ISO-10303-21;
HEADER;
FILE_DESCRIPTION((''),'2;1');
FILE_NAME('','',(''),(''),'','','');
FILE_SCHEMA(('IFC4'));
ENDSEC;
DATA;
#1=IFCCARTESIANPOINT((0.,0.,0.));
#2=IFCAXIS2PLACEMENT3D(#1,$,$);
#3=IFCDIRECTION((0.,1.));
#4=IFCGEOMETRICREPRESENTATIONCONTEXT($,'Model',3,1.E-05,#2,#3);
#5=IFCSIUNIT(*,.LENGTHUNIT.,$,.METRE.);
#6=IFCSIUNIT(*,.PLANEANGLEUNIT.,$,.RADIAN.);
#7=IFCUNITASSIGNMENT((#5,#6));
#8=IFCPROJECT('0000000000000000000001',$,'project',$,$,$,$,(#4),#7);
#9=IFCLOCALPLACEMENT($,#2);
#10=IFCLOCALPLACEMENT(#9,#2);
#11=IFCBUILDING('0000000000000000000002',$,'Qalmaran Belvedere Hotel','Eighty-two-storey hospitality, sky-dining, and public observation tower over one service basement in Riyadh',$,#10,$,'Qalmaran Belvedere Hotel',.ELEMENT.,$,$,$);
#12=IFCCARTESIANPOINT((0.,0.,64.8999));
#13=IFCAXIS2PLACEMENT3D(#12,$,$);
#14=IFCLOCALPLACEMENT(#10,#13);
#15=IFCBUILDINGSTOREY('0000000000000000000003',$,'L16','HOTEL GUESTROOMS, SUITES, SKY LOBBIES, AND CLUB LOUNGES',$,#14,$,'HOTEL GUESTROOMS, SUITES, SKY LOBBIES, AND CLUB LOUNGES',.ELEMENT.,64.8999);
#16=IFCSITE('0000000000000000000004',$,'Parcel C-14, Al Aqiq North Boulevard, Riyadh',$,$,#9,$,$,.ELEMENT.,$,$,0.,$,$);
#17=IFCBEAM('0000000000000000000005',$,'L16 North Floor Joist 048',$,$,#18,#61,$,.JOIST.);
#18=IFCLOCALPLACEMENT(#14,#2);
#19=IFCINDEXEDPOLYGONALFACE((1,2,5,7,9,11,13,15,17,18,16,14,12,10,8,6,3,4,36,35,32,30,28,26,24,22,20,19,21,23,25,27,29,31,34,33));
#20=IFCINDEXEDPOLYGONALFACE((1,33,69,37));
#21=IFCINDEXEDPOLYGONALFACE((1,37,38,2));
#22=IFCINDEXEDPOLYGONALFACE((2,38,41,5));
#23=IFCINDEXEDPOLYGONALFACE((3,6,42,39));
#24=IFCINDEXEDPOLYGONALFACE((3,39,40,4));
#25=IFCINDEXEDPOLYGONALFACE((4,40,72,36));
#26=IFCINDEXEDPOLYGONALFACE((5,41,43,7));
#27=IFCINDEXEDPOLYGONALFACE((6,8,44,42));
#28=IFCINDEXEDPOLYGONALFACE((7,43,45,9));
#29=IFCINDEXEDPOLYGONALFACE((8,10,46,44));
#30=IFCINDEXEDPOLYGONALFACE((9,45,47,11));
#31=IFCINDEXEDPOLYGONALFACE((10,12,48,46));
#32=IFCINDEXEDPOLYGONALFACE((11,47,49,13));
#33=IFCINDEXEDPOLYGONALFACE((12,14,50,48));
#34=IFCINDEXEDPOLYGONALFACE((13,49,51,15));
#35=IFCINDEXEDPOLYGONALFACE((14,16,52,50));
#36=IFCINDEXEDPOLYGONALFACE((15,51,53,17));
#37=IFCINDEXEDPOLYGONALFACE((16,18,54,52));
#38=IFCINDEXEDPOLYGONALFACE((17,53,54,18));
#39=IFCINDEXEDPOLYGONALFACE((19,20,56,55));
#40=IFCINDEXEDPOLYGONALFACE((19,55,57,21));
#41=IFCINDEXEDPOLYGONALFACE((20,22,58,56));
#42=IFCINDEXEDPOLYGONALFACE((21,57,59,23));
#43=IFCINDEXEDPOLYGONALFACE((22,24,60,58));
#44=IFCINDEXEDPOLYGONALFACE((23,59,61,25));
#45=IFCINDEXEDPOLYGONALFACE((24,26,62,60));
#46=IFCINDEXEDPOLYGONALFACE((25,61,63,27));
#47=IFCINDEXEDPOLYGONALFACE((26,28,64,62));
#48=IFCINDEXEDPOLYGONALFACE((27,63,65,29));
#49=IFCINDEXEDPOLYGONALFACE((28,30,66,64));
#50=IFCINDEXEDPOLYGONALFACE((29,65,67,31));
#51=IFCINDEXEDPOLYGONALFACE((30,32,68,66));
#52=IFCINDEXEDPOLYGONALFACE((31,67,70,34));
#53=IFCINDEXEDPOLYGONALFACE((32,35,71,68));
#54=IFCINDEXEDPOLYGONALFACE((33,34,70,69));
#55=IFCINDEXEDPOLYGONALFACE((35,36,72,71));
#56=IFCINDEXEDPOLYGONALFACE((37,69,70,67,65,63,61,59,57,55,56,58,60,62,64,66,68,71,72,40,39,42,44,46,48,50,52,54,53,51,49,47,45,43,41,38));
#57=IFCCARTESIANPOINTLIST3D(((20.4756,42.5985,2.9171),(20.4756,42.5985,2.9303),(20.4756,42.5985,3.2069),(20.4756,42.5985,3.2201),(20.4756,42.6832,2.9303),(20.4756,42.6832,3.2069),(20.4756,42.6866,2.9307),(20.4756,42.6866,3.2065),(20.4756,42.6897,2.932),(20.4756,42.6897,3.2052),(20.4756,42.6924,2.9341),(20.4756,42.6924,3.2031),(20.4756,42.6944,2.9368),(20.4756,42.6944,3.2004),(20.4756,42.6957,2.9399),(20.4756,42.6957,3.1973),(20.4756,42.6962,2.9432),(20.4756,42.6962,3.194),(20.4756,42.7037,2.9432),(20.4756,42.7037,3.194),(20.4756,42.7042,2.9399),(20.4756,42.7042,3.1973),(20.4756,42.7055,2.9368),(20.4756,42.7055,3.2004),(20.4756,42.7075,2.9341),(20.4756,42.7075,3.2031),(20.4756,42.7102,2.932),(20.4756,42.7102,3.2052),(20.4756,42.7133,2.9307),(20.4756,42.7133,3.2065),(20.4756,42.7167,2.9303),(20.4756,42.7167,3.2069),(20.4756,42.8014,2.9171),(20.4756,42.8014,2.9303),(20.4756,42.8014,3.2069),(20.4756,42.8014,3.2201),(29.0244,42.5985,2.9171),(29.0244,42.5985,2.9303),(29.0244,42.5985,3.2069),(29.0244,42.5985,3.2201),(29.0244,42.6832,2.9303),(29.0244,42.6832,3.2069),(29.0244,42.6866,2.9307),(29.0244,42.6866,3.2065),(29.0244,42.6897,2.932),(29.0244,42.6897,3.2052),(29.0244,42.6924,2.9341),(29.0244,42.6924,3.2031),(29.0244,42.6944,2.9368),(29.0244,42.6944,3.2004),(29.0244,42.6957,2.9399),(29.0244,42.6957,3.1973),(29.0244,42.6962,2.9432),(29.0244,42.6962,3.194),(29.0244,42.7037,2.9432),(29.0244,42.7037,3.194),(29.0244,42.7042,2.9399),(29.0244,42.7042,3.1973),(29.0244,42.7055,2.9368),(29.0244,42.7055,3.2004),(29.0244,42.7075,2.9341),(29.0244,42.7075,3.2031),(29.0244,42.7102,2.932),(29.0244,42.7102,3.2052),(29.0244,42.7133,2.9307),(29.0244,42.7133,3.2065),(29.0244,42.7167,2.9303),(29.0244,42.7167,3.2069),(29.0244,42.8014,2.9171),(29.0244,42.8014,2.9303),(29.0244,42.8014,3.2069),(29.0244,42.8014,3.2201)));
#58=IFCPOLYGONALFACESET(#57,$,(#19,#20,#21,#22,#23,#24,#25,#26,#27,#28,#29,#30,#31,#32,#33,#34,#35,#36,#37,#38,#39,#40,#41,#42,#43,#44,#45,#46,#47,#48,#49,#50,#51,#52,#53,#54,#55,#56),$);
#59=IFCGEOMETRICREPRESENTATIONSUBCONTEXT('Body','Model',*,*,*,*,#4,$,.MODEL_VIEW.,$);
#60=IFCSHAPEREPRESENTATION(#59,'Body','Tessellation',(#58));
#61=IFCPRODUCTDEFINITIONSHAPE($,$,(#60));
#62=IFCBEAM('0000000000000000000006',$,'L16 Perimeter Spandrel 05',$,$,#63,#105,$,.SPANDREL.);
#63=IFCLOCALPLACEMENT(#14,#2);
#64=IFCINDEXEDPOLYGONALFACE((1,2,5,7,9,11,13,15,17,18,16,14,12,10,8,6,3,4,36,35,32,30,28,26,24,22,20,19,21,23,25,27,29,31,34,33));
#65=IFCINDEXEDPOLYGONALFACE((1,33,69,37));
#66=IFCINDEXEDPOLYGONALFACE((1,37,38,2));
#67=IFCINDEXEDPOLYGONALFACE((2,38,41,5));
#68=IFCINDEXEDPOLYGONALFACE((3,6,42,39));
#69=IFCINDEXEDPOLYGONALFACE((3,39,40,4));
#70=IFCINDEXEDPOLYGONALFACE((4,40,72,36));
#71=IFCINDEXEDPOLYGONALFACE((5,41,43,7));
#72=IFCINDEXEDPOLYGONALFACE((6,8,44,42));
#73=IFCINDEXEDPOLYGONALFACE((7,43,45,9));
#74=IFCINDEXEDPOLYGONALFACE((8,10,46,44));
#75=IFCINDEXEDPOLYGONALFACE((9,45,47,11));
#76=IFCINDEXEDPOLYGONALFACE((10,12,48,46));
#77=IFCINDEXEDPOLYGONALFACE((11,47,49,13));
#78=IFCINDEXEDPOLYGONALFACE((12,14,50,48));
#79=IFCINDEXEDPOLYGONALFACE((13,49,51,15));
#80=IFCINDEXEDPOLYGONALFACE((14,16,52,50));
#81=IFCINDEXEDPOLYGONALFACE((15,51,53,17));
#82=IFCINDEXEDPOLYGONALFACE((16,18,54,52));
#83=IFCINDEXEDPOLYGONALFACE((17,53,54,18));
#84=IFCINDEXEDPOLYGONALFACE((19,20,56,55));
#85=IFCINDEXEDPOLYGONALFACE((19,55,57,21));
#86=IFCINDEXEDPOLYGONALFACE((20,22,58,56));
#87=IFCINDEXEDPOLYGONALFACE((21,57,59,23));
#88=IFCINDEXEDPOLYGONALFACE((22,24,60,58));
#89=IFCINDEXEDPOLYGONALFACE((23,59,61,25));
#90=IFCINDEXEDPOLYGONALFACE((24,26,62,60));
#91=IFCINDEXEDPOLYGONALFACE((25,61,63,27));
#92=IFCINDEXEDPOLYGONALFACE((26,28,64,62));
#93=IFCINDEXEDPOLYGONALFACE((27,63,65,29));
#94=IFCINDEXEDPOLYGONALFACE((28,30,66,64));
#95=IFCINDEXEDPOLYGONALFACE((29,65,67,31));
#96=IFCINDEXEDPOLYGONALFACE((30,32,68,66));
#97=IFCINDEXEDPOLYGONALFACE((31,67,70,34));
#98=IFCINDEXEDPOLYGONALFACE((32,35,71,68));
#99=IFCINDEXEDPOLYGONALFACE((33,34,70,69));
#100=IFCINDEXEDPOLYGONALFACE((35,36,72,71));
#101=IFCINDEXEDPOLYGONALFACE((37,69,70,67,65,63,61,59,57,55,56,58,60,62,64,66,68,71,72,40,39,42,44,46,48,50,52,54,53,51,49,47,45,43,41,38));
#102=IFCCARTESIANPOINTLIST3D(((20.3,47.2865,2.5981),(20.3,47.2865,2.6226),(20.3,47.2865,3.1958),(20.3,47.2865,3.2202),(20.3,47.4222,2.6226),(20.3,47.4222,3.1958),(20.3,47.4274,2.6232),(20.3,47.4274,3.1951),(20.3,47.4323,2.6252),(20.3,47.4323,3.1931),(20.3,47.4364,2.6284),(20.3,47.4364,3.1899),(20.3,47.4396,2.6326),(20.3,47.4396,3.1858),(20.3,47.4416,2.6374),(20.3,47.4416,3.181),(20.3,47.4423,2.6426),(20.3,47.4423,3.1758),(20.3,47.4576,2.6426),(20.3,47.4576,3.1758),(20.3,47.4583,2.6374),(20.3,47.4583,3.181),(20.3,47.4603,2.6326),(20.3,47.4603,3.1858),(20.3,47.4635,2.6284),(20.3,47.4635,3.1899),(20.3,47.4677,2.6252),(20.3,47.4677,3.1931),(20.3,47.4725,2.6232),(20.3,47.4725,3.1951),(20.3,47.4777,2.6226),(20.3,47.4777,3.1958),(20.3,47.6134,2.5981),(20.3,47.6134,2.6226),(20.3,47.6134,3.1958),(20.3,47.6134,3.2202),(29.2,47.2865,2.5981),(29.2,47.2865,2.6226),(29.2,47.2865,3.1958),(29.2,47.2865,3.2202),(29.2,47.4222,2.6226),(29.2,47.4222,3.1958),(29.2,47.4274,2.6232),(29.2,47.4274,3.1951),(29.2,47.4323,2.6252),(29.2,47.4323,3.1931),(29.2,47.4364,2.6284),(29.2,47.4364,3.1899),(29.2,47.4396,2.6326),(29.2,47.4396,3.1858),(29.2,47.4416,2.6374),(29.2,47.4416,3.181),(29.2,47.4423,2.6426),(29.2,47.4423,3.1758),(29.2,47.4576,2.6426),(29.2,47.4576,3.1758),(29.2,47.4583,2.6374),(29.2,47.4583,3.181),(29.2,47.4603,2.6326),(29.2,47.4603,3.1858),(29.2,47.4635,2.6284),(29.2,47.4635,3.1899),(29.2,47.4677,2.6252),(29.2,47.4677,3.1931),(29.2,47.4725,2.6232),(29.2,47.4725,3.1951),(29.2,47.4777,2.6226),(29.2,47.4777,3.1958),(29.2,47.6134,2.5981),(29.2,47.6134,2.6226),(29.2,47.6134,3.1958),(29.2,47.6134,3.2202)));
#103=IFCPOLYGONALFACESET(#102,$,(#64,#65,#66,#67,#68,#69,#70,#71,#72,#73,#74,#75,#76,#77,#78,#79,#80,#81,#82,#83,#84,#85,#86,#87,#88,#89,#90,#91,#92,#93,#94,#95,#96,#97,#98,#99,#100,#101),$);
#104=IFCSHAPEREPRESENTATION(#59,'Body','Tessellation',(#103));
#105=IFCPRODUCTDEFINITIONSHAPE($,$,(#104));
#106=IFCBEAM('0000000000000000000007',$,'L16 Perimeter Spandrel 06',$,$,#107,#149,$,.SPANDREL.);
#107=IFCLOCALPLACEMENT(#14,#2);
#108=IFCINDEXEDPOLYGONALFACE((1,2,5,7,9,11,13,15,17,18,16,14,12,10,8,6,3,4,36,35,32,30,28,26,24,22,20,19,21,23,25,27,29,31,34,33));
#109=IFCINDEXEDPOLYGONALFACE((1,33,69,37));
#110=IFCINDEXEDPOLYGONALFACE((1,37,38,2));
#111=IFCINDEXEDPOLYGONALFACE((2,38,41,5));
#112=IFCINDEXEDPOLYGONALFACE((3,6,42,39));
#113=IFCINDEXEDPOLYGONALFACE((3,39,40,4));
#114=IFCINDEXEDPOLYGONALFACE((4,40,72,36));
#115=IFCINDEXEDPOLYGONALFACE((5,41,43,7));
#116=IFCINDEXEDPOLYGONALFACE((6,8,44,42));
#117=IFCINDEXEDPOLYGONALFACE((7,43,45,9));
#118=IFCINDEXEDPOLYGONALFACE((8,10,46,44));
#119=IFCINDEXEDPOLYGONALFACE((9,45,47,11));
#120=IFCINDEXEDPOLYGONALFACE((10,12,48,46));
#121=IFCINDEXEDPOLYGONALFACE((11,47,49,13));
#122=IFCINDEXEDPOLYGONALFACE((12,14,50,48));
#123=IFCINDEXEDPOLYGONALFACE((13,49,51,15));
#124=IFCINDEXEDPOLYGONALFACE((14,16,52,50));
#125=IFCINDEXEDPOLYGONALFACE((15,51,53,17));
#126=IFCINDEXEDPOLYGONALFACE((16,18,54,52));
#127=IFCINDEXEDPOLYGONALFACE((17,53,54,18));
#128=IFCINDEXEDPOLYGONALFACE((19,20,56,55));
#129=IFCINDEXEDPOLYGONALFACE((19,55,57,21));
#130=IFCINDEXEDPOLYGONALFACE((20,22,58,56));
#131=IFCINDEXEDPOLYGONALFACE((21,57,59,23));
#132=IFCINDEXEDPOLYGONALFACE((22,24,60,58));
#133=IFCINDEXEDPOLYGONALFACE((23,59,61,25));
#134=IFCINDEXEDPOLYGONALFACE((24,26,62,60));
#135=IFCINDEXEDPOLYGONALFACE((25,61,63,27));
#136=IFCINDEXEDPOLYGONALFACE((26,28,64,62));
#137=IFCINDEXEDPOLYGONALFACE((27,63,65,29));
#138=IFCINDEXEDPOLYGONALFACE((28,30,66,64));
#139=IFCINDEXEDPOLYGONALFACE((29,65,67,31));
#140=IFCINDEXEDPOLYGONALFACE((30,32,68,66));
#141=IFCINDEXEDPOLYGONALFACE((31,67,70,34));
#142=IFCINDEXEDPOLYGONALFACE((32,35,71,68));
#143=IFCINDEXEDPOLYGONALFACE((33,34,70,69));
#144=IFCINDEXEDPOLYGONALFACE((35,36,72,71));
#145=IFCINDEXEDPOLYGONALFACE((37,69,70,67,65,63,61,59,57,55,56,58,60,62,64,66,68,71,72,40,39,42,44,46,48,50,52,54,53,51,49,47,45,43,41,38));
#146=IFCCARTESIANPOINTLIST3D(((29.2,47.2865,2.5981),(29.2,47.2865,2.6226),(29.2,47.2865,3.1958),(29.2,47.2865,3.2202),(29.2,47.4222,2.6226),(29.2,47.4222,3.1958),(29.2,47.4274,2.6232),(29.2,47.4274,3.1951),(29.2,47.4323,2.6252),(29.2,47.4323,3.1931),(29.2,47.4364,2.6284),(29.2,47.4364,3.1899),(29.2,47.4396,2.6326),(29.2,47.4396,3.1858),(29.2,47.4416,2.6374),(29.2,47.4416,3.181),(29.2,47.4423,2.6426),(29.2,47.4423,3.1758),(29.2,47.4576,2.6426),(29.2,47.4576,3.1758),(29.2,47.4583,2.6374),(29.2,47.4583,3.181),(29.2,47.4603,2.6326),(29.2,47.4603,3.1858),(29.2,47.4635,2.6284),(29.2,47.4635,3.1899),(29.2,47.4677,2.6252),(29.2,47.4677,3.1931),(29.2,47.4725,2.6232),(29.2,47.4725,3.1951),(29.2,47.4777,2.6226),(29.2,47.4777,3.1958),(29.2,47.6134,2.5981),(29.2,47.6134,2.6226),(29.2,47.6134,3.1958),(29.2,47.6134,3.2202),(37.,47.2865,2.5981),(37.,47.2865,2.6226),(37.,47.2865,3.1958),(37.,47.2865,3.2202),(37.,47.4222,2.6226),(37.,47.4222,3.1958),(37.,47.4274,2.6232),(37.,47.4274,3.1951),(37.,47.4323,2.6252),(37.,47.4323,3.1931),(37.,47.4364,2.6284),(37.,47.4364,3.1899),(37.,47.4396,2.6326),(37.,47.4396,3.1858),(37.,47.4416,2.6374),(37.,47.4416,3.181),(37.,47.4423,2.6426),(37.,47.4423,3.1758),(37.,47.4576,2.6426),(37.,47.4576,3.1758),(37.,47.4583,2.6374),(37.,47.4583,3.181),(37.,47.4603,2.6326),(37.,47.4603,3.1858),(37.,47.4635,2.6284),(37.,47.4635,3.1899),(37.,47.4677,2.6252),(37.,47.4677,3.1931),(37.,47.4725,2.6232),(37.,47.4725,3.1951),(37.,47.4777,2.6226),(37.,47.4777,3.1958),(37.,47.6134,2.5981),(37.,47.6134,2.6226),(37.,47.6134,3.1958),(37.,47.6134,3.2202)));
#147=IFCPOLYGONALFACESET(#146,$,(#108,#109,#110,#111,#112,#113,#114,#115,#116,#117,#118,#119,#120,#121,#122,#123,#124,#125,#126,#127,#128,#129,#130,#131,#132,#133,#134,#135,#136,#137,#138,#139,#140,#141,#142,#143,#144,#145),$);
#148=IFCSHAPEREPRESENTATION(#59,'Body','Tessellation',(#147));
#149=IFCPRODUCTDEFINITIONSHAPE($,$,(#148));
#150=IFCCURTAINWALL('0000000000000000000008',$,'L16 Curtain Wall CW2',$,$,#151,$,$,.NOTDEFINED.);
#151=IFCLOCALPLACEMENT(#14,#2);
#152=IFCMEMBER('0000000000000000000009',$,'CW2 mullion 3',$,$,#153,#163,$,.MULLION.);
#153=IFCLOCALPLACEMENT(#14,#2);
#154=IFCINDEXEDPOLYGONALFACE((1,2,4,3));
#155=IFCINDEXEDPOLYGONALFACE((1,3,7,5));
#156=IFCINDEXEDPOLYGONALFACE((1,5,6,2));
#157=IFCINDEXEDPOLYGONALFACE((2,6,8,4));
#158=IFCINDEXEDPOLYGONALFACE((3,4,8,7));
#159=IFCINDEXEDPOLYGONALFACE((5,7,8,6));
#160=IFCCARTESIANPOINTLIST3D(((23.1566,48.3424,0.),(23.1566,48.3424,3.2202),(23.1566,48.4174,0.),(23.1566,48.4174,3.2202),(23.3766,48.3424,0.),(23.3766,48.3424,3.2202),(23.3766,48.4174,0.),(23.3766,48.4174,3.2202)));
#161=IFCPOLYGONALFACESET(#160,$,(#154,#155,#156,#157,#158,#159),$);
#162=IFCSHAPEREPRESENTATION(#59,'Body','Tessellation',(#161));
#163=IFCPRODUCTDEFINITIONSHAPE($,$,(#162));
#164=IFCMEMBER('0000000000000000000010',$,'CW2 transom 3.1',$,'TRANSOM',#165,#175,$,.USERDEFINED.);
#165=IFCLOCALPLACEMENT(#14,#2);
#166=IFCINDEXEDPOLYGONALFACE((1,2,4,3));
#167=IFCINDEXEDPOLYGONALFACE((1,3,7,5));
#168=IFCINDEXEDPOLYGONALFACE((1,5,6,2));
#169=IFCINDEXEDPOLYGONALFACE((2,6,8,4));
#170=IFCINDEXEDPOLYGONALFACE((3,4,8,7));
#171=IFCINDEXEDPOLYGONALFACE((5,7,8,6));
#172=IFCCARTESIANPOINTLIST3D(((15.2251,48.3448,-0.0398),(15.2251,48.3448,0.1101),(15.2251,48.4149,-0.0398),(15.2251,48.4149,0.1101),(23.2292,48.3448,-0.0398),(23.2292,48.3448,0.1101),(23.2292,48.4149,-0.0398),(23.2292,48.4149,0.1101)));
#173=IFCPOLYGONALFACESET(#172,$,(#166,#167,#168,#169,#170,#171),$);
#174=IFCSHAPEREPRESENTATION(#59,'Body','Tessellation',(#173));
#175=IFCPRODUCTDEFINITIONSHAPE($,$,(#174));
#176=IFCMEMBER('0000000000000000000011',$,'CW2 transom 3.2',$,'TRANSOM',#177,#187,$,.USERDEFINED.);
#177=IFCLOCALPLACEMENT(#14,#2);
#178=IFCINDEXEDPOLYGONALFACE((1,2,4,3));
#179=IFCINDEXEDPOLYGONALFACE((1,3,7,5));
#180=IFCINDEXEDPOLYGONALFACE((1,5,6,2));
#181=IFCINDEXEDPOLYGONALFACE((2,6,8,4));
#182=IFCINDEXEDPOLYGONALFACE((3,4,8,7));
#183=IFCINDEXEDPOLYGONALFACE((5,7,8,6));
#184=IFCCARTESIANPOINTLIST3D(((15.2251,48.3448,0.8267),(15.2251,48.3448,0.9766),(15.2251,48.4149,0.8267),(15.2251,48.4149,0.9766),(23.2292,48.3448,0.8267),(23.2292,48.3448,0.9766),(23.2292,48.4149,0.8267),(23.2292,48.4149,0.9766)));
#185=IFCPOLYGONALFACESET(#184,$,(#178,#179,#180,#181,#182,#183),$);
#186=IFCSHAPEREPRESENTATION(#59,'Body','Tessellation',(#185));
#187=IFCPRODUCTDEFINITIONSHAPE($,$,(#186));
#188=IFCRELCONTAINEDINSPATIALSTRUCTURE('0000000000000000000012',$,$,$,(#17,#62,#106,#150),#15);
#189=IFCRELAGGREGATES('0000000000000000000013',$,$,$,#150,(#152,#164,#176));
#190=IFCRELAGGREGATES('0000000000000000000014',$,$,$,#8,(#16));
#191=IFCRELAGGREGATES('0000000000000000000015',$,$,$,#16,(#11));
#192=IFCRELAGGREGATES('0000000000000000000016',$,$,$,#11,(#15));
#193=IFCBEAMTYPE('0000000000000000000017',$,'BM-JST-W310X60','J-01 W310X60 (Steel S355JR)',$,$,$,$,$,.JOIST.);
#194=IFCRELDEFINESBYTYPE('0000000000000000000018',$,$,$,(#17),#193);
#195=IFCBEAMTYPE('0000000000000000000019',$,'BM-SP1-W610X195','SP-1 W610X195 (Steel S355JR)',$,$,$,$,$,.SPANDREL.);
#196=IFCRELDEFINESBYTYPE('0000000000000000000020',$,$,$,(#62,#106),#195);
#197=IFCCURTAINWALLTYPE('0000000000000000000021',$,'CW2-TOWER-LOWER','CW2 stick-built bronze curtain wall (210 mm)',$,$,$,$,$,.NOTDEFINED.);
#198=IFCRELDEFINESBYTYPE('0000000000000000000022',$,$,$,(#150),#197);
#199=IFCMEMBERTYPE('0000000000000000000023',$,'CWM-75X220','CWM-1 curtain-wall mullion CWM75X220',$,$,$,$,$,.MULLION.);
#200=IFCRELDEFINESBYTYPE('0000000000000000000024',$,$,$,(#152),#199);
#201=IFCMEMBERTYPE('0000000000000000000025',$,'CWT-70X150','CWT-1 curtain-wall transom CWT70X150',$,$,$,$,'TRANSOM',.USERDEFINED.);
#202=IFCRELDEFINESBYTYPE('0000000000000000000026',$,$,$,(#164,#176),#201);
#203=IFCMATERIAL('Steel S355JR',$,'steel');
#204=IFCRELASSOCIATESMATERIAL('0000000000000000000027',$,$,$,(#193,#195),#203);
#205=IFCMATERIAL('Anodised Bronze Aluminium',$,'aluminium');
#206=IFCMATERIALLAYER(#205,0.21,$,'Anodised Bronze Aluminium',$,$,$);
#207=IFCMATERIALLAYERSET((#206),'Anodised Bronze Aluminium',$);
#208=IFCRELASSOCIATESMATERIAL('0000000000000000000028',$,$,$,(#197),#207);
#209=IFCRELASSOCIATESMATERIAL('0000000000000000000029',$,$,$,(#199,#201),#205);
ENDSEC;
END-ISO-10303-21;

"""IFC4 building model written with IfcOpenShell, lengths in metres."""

from ifc_helpers import new_model, si_unit, direction, frame, origin, origin_2d, place, context, subcontext, project, spatial, rectangle, i_section, extrude, material, layer, layer_set, material_profile, profile_set, type_object, element, aggregate, save


model = new_model("IFC4")

# Units and contexts
model_context = context("Model", 3, precision=1e-05, world=origin(), true_north=direction((0.0, 1.0)))
body_context = subcontext(model_context, "Body", "Model", "MODEL_VIEW")
ifc_project = project(units=[si_unit("LENGTHUNIT", "METRE"), si_unit("PLANEANGLEUNIT", "RADIAN")], contexts=[model_context])

# Site, building, storey
site_placement = place(None, origin())
site = spatial("IfcSite", under=ifc_project, at=site_placement, Name="Parcel C-14, Al Aqiq North Boulevard, Riyadh", CompositionType="ELEMENT", RefElevation=0.0)
building_placement = place(site_placement, origin())
building = spatial("IfcBuilding", under=site, at=building_placement, Name="Qalmaran Belvedere Hotel", Description="Eighty-two-storey hospitality, sky-dining, and public observation tower over one service basement in Riyadh", LongName="Qalmaran Belvedere Hotel", CompositionType="ELEMENT")
storey_placement = place(building_placement, frame((0.0, 0.0, 64.8999)))
storey = spatial("IfcBuildingStorey", under=building, at=storey_placement, Name="L16", Description="HOTEL GUESTROOMS, SUITES, SKY LOBBIES, AND CLUB LOUNGES", LongName="HOTEL GUESTROOMS, SUITES, SKY LOBBIES, AND CLUB LOUNGES", CompositionType="ELEMENT", Elevation=64.8999)

# Beams
ifc_material_1 = material(Name="Steel S355JR", Category="steel")
ifc_material_profile_1 = material_profile(ifc_material_1, i_section(OverallWidth=0.2029, OverallDepth=0.303, WebThickness=0.0076, FlangeThickness=0.0132, FilletRadius=0.0129, at=origin_2d()), Name="W310X60")
ifc_profile_set_1 = profile_set([ifc_material_profile_1], Name="Steel S355JR")
beam_type_1 = type_object("IfcBeamType", Name="BM-JST-W310X60", Description="J-01 W310X60 (Steel S355JR)", PredefinedType="JOIST", material=ifc_profile_set_1)
for number, where, z_axis, x_axis, name in (
    (1, (20.4756, 42.7, 3.0686), (1.0, 0.0, 0.0), (0.0, 1.0, 0.0), "L16 North Floor Joist 048"),
):
    element("IfcBeam", number, at=place(storey_placement, frame(where, z_axis=z_axis, x_axis=x_axis)), inside=storey, type_object=beam_type_1, Name=name, PredefinedType="JOIST", context=body_context, shape_type="SweptSolid", body=[
        extrude(i_section(OverallWidth=0.2029, OverallDepth=0.303, WebThickness=0.0076, FlangeThickness=0.0132, FilletRadius=0.0129, at=origin_2d()), origin(), (0.0, 0.0, 1.0), 8.5488),
    ])
ifc_material_profile_2 = material_profile(ifc_material_1, i_section(OverallWidth=0.3269, OverallDepth=0.6221, WebThickness=0.0154, FlangeThickness=0.0244, FilletRadius=0.02, at=origin_2d()), Name="W610X195")
ifc_profile_set_2 = profile_set([ifc_material_profile_2], Name="Steel S355JR")
beam_type_2 = type_object("IfcBeamType", Name="BM-SP1-W610X195", Description="SP-1 W610X195 (Steel S355JR)", PredefinedType="SPANDREL", material=ifc_profile_set_2)
beam_1_placement = place(storey_placement, frame((20.3, 47.45, 2.9092), z_axis=(1.0, 0.0, 0.0), x_axis=(0.0, 1.0, 0.0)))
element("IfcBeam", 2, at=beam_1_placement, inside=storey, type_object=beam_type_2, Name="L16 Perimeter Spandrel 05", PredefinedType="SPANDREL", context=body_context, shape_type="SweptSolid", body=[
    extrude(i_section(OverallWidth=0.3269, OverallDepth=0.6221, WebThickness=0.0154, FlangeThickness=0.0244, FilletRadius=0.02, at=origin_2d()), origin(), (0.0, 0.0, 1.0), 8.8999),
])
beam_2_placement = place(storey_placement, frame((29.2, 47.45, 2.9092), z_axis=(1.0, 0.0, 0.0), x_axis=(0.0, 1.0, 0.0)))
element("IfcBeam", 3, at=beam_2_placement, inside=storey, type_object=beam_type_2, Name="L16 Perimeter Spandrel 06", PredefinedType="SPANDREL", context=body_context, shape_type="SweptSolid", body=[
    extrude(i_section(OverallWidth=0.3269, OverallDepth=0.6221, WebThickness=0.0154, FlangeThickness=0.0244, FilletRadius=0.02, at=origin_2d()), origin(), (0.0, 0.0, 1.0), 7.8),
])

# Curtain wall, members
ifc_material_2 = material(Name="Anodised Bronze Aluminium", Category="aluminium")
ifc_layer_1 = layer(ifc_material_2, 0.21, Name="Anodised Bronze Aluminium")
ifc_layer_set_1 = layer_set([ifc_layer_1], Name="Anodised Bronze Aluminium")
curtain_wall_type = type_object("IfcCurtainWallType", Name="CW2-TOWER-LOWER", Description="CW2 stick-built bronze curtain wall (210 mm)", PredefinedType="NOTDEFINED", material=ifc_layer_set_1)
curtain_wall_placement = place(storey_placement, origin())
curtain_wall = element("IfcCurtainWall", 4, at=curtain_wall_placement, inside=storey, type_object=curtain_wall_type, Name="L16 Curtain Wall CW2", PredefinedType="NOTDEFINED")
ifc_material_profile_3 = material_profile(ifc_material_2, rectangle(XDim=0.075, YDim=0.22, at=origin_2d()), Name="CWM75X220")
ifc_profile_set_3 = profile_set([ifc_material_profile_3], Name="Anodised Bronze Aluminium")
member_type_1 = type_object("IfcMemberType", Name="CWM-75X220", Description="CWM-1 curtain-wall mullion CWM75X220", PredefinedType="MULLION", material=ifc_profile_set_3)
member_1_placement = place(storey_placement, frame((23.2666, 48.3799, 0.0), z_axis=(0.0, 0.0, 1.0), x_axis=(0.0, -1.0, 0.0)))
member_1 = element("IfcMember", 5, at=member_1_placement, type_object=member_type_1, Name="CW2 mullion 3", PredefinedType="MULLION", context=body_context, shape_type="SweptSolid", body=[
    extrude(rectangle(XDim=0.075, YDim=0.22, at=origin_2d()), origin(), (0.0, 0.0, 1.0), 3.2202),
])
ifc_material_profile_4 = material_profile(ifc_material_2, rectangle(XDim=0.0701, YDim=0.1499, at=origin_2d()), Name="CWT70X150")
ifc_profile_set_4 = profile_set([ifc_material_profile_4], Name="Anodised Bronze Aluminium")
member_type_2 = type_object("IfcMemberType", Name="CWT-70X150", Description="CWT-1 curtain-wall transom CWT70X150", ElementType="TRANSOM", PredefinedType="USERDEFINED", material=ifc_profile_set_4)
member_2_placement = place(storey_placement, frame((23.2292, 48.3799, 0.0352), z_axis=(-1.0, 0.0, 0.0), x_axis=(0.0, -1.0, 0.0)))
member_2 = element("IfcMember", 6, at=member_2_placement, type_object=member_type_2, Name="CW2 transom 3.1", ObjectType="TRANSOM", PredefinedType="USERDEFINED", context=body_context, shape_type="SweptSolid", body=[
    extrude(rectangle(XDim=0.0701, YDim=0.1499, at=origin_2d()), origin(), (0.0, 0.0, 1.0), 8.0042),
])
member_3_placement = place(storey_placement, frame((23.2292, 48.3799, 0.9016), z_axis=(-1.0, 0.0, 0.0), x_axis=(0.0, -1.0, 0.0)))
member_3 = element("IfcMember", 7, at=member_3_placement, type_object=member_type_2, Name="CW2 transom 3.2", ObjectType="TRANSOM", PredefinedType="USERDEFINED", context=body_context, shape_type="SweptSolid", body=[
    extrude(rectangle(XDim=0.0701, YDim=0.1499, at=origin_2d()), origin(), (0.0, 0.0, 1.0), 8.0042),
])
aggregate(curtain_wall, [member_1, member_2, member_3])

save(model, "model.ifc")
